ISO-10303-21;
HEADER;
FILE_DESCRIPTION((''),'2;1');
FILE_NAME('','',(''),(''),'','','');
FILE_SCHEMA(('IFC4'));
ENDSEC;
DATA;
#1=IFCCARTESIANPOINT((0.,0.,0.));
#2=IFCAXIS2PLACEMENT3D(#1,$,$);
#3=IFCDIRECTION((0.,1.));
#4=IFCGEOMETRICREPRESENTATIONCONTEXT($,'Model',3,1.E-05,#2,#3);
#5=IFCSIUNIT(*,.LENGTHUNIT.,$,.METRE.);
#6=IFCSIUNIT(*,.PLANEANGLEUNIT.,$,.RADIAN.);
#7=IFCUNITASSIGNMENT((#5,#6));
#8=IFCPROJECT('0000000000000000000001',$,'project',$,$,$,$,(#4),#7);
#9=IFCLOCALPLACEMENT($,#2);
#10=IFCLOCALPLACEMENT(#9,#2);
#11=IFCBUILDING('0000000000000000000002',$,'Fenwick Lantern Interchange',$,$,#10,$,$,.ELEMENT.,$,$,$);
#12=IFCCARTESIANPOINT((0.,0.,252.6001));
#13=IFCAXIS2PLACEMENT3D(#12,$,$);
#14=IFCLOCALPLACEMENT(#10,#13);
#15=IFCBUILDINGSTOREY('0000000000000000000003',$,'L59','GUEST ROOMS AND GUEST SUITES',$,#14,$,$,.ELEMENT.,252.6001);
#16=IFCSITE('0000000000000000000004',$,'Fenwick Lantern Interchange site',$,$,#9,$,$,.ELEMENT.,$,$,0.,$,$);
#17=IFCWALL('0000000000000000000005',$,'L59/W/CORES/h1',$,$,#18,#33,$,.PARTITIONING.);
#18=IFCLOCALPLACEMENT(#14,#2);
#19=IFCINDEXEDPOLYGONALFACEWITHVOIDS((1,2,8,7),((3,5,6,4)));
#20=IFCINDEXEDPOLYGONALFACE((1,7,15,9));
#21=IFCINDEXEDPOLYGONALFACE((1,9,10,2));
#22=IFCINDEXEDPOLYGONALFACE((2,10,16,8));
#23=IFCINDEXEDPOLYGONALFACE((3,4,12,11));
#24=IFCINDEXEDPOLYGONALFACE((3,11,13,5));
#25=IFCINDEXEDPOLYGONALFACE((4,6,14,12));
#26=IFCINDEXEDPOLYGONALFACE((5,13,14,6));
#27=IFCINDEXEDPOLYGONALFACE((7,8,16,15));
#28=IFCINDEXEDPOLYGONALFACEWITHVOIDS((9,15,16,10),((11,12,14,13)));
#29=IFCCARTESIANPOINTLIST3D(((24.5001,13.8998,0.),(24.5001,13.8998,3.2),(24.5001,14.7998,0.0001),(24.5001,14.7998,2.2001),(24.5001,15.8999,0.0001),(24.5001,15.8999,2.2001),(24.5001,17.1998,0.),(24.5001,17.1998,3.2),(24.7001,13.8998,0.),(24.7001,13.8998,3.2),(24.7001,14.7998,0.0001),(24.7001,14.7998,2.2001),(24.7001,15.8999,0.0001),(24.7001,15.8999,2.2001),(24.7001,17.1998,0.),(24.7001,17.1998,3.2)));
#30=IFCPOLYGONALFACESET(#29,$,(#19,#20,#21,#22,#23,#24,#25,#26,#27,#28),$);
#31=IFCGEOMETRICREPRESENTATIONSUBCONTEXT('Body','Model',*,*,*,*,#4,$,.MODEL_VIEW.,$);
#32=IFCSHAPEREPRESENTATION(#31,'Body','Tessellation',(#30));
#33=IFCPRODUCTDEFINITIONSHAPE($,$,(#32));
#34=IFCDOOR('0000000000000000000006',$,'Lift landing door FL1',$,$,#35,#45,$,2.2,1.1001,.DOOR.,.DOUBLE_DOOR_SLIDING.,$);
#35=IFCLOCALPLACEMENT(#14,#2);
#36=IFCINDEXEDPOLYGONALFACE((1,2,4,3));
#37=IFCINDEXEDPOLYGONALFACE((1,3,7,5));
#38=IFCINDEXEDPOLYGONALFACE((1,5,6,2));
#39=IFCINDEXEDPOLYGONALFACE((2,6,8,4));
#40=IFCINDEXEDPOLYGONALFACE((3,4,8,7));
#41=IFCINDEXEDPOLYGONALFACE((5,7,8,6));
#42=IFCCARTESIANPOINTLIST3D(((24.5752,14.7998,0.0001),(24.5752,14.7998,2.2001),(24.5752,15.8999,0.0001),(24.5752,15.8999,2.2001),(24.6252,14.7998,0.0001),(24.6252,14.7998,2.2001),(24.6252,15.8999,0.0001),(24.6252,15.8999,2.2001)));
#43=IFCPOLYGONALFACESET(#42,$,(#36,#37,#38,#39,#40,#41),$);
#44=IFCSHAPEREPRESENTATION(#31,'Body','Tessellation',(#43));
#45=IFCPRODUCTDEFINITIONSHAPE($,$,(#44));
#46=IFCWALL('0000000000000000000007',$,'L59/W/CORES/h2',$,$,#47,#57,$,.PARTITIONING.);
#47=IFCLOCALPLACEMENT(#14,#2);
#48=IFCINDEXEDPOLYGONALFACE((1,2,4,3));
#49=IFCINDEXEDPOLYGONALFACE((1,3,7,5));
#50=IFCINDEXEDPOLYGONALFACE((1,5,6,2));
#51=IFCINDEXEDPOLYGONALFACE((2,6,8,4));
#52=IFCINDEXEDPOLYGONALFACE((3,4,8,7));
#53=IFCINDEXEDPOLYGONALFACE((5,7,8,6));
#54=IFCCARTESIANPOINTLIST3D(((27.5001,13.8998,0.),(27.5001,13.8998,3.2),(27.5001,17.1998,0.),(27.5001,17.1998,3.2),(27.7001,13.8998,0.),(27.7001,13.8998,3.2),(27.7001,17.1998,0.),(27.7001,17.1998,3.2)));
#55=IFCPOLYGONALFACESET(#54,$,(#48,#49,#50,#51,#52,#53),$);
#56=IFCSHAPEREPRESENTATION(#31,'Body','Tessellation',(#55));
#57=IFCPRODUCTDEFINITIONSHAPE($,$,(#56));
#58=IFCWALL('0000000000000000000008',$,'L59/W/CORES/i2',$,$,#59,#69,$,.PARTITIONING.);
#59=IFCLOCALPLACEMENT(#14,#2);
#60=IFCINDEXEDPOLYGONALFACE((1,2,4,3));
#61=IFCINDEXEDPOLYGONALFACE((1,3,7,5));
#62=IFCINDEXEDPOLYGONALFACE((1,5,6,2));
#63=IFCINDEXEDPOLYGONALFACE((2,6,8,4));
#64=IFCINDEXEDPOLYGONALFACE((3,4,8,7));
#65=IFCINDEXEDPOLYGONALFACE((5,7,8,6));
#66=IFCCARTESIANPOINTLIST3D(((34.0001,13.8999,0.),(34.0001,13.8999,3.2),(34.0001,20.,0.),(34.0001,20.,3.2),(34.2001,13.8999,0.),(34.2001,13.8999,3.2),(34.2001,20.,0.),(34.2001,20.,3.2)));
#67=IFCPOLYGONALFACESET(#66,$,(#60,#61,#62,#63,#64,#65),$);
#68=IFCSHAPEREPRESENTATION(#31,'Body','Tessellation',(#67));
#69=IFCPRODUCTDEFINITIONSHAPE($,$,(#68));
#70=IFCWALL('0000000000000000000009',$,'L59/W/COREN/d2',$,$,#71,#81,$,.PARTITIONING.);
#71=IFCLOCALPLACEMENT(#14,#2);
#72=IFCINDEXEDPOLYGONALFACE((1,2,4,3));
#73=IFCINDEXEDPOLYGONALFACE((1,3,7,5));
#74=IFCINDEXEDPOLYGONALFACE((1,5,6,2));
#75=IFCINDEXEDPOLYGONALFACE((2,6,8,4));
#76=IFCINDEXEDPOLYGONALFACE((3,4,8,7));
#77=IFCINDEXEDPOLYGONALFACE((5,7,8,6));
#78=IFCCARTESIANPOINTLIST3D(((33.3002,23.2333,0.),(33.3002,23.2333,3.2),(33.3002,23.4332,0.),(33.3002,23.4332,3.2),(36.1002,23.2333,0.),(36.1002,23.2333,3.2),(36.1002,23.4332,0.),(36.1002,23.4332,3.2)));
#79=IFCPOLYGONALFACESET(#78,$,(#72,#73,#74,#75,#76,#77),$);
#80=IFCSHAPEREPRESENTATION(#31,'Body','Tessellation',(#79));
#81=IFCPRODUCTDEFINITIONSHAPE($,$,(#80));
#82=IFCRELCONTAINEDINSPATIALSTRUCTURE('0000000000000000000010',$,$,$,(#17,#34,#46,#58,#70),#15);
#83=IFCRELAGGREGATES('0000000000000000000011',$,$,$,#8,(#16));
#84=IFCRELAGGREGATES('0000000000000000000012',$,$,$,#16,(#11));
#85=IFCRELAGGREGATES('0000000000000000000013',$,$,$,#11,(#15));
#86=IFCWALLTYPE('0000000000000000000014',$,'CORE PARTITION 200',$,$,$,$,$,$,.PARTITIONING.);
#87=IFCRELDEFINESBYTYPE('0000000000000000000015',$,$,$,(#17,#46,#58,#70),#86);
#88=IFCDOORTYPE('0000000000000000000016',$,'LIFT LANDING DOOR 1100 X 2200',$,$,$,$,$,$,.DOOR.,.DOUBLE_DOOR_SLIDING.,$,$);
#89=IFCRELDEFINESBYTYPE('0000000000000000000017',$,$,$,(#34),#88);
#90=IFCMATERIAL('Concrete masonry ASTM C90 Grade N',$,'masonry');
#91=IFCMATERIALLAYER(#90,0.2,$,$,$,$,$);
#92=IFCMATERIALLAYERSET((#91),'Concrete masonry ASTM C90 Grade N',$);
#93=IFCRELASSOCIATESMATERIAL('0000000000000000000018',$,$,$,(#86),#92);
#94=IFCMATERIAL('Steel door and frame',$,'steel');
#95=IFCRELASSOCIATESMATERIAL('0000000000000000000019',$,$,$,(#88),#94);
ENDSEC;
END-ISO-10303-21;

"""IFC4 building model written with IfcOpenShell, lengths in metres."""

from ifc_helpers import new_model, si_unit, direction, frame, frame_2d, origin, place, context, subcontext, project, spatial, rectangle, extrude, material, layer, layer_set, type_object, element, fill, save


model = new_model("IFC4")

# Units and contexts
model_context = context("Model", 3, precision=1e-05, world=origin(), true_north=direction((0.0, 1.0)))
body_context = subcontext(model_context, "Body", "Model", "MODEL_VIEW")
ifc_project = project(units=[si_unit("LENGTHUNIT", "METRE"), si_unit("PLANEANGLEUNIT", "RADIAN")], contexts=[model_context])

# Site, building, storey
site_placement = place(None, origin())
site = spatial("IfcSite", under=ifc_project, at=site_placement, Name="Fenwick Lantern Interchange site", CompositionType="ELEMENT", RefElevation=0.0)
building_placement = place(site_placement, origin())
building = spatial("IfcBuilding", under=site, at=building_placement, Name="Fenwick Lantern Interchange", CompositionType="ELEMENT")
storey_placement = place(building_placement, frame((0.0, 0.0, 252.6001)))
storey = spatial("IfcBuildingStorey", under=building, at=storey_placement, Name="L59", Description="GUEST ROOMS AND GUEST SUITES", CompositionType="ELEMENT", Elevation=252.6001)

# Wall, opening, door
ifc_material_1 = material(Name="Concrete masonry ASTM C90 Grade N", Category="masonry")
ifc_layer_1 = layer(ifc_material_1, 0.2)
ifc_layer_set_1 = layer_set([ifc_layer_1], Name="Concrete masonry ASTM C90 Grade N")
wall_type_1 = type_object("IfcWallType", Name="CORE PARTITION 200", PredefinedType="PARTITIONING", material=ifc_layer_set_1)
wall_1_placement = place(storey_placement, frame((24.6001, 13.8999, 0.0), z_axis=(0.0, 0.0, 1.0), x_axis=(0.0, 1.0, 0.0)))
wall_1 = element("IfcWall", 1, at=wall_1_placement, inside=storey, type_object=wall_type_1, Name="L59/W/CORES/h1", PredefinedType="PARTITIONING", context=body_context, shape_type="SweptSolid", body=[
    extrude(rectangle(XDim=3.3, YDim=0.2, at=frame_2d((1.6499, 0.0))), origin(), (0.0, 0.0, 1.0), 3.2),
])
opening_1_placement = place(wall_1_placement, frame((0.8999, 0.0, 0.0)))
opening_1 = element("IfcOpeningElement", 2, at=opening_1_placement, cuts=wall_1, PredefinedType="OPENING", context=body_context, shape_type="SweptSolid", body=[
    extrude(rectangle(XDim=1.1001, YDim=2.2, at=frame_2d((0.55, 1.1001))), frame((0.0, 0.1099, 0.0), z_axis=(0.0, -1.0, 0.0), x_axis=(1.0, 0.0, 0.0)), (0.0, 0.0, 1.0), 0.22),
])
ifc_material_2 = material(Name="Steel door and frame", Category="steel")
door_type_1 = type_object("IfcDoorType", Name="LIFT LANDING DOOR 1100 X 2200", OperationType="DOUBLE_DOOR_SLIDING", PredefinedType="DOOR", material=ifc_material_2)
door_1_placement = place(opening_1_placement, origin())
door_1 = element("IfcDoor", 3, at=door_1_placement, inside=storey, type_object=door_type_1, Name="Lift landing door FL1", OperationType="DOUBLE_DOOR_SLIDING", OverallHeight=2.2, OverallWidth=1.1001, PredefinedType="DOOR", context=body_context, shape_type="SweptSolid", body=[
    extrude(rectangle(XDim=1.1001, YDim=2.2, at=frame_2d((0.55, 1.1001))), frame((0.0, 0.0249, 0.0), z_axis=(0.0, -1.0, 0.0), x_axis=(1.0, 0.0, 0.0)), (0.0, 0.0, 1.0), 0.05),
])
fill(opening_1, door_1)

# Walls
wall_2_placement = place(storey_placement, frame((27.6001, 13.8999, 0.0), z_axis=(0.0, 0.0, 1.0), x_axis=(0.0, 1.0, 0.0)))
element("IfcWall", 4, at=wall_2_placement, inside=storey, type_object=wall_type_1, Name="L59/W/CORES/h2", PredefinedType="PARTITIONING", context=body_context, shape_type="SweptSolid", body=[
    extrude(rectangle(XDim=3.3, YDim=0.2, at=frame_2d((1.6499, 0.0))), origin(), (0.0, 0.0, 1.0), 3.2),
])
wall_3_placement = place(storey_placement, frame((34.1001, 13.8999, 0.0), z_axis=(0.0, 0.0, 1.0), x_axis=(0.0, 1.0, 0.0)))
element("IfcWall", 5, at=wall_3_placement, inside=storey, type_object=wall_type_1, Name="L59/W/CORES/i2", PredefinedType="PARTITIONING", context=body_context, shape_type="SweptSolid", body=[
    extrude(rectangle(XDim=6.1001, YDim=0.2, at=frame_2d((3.05, 0.0))), origin(), (0.0, 0.0, 1.0), 3.2),
])
wall_4_placement = place(storey_placement, frame((36.1001, 23.3333, 0.0), z_axis=(0.0, 0.0, 1.0), x_axis=(-1.0, 0.0, 0.0)))
element("IfcWall", 6, at=wall_4_placement, inside=storey, type_object=wall_type_1, Name="L59/W/COREN/d2", PredefinedType="PARTITIONING", context=body_context, shape_type="SweptSolid", body=[
    extrude(rectangle(XDim=2.8, YDim=0.2, at=frame_2d((1.3999, 0.0))), origin(), (0.0, 0.0, 1.0), 3.2),
])

save(model, "model.ifc")
